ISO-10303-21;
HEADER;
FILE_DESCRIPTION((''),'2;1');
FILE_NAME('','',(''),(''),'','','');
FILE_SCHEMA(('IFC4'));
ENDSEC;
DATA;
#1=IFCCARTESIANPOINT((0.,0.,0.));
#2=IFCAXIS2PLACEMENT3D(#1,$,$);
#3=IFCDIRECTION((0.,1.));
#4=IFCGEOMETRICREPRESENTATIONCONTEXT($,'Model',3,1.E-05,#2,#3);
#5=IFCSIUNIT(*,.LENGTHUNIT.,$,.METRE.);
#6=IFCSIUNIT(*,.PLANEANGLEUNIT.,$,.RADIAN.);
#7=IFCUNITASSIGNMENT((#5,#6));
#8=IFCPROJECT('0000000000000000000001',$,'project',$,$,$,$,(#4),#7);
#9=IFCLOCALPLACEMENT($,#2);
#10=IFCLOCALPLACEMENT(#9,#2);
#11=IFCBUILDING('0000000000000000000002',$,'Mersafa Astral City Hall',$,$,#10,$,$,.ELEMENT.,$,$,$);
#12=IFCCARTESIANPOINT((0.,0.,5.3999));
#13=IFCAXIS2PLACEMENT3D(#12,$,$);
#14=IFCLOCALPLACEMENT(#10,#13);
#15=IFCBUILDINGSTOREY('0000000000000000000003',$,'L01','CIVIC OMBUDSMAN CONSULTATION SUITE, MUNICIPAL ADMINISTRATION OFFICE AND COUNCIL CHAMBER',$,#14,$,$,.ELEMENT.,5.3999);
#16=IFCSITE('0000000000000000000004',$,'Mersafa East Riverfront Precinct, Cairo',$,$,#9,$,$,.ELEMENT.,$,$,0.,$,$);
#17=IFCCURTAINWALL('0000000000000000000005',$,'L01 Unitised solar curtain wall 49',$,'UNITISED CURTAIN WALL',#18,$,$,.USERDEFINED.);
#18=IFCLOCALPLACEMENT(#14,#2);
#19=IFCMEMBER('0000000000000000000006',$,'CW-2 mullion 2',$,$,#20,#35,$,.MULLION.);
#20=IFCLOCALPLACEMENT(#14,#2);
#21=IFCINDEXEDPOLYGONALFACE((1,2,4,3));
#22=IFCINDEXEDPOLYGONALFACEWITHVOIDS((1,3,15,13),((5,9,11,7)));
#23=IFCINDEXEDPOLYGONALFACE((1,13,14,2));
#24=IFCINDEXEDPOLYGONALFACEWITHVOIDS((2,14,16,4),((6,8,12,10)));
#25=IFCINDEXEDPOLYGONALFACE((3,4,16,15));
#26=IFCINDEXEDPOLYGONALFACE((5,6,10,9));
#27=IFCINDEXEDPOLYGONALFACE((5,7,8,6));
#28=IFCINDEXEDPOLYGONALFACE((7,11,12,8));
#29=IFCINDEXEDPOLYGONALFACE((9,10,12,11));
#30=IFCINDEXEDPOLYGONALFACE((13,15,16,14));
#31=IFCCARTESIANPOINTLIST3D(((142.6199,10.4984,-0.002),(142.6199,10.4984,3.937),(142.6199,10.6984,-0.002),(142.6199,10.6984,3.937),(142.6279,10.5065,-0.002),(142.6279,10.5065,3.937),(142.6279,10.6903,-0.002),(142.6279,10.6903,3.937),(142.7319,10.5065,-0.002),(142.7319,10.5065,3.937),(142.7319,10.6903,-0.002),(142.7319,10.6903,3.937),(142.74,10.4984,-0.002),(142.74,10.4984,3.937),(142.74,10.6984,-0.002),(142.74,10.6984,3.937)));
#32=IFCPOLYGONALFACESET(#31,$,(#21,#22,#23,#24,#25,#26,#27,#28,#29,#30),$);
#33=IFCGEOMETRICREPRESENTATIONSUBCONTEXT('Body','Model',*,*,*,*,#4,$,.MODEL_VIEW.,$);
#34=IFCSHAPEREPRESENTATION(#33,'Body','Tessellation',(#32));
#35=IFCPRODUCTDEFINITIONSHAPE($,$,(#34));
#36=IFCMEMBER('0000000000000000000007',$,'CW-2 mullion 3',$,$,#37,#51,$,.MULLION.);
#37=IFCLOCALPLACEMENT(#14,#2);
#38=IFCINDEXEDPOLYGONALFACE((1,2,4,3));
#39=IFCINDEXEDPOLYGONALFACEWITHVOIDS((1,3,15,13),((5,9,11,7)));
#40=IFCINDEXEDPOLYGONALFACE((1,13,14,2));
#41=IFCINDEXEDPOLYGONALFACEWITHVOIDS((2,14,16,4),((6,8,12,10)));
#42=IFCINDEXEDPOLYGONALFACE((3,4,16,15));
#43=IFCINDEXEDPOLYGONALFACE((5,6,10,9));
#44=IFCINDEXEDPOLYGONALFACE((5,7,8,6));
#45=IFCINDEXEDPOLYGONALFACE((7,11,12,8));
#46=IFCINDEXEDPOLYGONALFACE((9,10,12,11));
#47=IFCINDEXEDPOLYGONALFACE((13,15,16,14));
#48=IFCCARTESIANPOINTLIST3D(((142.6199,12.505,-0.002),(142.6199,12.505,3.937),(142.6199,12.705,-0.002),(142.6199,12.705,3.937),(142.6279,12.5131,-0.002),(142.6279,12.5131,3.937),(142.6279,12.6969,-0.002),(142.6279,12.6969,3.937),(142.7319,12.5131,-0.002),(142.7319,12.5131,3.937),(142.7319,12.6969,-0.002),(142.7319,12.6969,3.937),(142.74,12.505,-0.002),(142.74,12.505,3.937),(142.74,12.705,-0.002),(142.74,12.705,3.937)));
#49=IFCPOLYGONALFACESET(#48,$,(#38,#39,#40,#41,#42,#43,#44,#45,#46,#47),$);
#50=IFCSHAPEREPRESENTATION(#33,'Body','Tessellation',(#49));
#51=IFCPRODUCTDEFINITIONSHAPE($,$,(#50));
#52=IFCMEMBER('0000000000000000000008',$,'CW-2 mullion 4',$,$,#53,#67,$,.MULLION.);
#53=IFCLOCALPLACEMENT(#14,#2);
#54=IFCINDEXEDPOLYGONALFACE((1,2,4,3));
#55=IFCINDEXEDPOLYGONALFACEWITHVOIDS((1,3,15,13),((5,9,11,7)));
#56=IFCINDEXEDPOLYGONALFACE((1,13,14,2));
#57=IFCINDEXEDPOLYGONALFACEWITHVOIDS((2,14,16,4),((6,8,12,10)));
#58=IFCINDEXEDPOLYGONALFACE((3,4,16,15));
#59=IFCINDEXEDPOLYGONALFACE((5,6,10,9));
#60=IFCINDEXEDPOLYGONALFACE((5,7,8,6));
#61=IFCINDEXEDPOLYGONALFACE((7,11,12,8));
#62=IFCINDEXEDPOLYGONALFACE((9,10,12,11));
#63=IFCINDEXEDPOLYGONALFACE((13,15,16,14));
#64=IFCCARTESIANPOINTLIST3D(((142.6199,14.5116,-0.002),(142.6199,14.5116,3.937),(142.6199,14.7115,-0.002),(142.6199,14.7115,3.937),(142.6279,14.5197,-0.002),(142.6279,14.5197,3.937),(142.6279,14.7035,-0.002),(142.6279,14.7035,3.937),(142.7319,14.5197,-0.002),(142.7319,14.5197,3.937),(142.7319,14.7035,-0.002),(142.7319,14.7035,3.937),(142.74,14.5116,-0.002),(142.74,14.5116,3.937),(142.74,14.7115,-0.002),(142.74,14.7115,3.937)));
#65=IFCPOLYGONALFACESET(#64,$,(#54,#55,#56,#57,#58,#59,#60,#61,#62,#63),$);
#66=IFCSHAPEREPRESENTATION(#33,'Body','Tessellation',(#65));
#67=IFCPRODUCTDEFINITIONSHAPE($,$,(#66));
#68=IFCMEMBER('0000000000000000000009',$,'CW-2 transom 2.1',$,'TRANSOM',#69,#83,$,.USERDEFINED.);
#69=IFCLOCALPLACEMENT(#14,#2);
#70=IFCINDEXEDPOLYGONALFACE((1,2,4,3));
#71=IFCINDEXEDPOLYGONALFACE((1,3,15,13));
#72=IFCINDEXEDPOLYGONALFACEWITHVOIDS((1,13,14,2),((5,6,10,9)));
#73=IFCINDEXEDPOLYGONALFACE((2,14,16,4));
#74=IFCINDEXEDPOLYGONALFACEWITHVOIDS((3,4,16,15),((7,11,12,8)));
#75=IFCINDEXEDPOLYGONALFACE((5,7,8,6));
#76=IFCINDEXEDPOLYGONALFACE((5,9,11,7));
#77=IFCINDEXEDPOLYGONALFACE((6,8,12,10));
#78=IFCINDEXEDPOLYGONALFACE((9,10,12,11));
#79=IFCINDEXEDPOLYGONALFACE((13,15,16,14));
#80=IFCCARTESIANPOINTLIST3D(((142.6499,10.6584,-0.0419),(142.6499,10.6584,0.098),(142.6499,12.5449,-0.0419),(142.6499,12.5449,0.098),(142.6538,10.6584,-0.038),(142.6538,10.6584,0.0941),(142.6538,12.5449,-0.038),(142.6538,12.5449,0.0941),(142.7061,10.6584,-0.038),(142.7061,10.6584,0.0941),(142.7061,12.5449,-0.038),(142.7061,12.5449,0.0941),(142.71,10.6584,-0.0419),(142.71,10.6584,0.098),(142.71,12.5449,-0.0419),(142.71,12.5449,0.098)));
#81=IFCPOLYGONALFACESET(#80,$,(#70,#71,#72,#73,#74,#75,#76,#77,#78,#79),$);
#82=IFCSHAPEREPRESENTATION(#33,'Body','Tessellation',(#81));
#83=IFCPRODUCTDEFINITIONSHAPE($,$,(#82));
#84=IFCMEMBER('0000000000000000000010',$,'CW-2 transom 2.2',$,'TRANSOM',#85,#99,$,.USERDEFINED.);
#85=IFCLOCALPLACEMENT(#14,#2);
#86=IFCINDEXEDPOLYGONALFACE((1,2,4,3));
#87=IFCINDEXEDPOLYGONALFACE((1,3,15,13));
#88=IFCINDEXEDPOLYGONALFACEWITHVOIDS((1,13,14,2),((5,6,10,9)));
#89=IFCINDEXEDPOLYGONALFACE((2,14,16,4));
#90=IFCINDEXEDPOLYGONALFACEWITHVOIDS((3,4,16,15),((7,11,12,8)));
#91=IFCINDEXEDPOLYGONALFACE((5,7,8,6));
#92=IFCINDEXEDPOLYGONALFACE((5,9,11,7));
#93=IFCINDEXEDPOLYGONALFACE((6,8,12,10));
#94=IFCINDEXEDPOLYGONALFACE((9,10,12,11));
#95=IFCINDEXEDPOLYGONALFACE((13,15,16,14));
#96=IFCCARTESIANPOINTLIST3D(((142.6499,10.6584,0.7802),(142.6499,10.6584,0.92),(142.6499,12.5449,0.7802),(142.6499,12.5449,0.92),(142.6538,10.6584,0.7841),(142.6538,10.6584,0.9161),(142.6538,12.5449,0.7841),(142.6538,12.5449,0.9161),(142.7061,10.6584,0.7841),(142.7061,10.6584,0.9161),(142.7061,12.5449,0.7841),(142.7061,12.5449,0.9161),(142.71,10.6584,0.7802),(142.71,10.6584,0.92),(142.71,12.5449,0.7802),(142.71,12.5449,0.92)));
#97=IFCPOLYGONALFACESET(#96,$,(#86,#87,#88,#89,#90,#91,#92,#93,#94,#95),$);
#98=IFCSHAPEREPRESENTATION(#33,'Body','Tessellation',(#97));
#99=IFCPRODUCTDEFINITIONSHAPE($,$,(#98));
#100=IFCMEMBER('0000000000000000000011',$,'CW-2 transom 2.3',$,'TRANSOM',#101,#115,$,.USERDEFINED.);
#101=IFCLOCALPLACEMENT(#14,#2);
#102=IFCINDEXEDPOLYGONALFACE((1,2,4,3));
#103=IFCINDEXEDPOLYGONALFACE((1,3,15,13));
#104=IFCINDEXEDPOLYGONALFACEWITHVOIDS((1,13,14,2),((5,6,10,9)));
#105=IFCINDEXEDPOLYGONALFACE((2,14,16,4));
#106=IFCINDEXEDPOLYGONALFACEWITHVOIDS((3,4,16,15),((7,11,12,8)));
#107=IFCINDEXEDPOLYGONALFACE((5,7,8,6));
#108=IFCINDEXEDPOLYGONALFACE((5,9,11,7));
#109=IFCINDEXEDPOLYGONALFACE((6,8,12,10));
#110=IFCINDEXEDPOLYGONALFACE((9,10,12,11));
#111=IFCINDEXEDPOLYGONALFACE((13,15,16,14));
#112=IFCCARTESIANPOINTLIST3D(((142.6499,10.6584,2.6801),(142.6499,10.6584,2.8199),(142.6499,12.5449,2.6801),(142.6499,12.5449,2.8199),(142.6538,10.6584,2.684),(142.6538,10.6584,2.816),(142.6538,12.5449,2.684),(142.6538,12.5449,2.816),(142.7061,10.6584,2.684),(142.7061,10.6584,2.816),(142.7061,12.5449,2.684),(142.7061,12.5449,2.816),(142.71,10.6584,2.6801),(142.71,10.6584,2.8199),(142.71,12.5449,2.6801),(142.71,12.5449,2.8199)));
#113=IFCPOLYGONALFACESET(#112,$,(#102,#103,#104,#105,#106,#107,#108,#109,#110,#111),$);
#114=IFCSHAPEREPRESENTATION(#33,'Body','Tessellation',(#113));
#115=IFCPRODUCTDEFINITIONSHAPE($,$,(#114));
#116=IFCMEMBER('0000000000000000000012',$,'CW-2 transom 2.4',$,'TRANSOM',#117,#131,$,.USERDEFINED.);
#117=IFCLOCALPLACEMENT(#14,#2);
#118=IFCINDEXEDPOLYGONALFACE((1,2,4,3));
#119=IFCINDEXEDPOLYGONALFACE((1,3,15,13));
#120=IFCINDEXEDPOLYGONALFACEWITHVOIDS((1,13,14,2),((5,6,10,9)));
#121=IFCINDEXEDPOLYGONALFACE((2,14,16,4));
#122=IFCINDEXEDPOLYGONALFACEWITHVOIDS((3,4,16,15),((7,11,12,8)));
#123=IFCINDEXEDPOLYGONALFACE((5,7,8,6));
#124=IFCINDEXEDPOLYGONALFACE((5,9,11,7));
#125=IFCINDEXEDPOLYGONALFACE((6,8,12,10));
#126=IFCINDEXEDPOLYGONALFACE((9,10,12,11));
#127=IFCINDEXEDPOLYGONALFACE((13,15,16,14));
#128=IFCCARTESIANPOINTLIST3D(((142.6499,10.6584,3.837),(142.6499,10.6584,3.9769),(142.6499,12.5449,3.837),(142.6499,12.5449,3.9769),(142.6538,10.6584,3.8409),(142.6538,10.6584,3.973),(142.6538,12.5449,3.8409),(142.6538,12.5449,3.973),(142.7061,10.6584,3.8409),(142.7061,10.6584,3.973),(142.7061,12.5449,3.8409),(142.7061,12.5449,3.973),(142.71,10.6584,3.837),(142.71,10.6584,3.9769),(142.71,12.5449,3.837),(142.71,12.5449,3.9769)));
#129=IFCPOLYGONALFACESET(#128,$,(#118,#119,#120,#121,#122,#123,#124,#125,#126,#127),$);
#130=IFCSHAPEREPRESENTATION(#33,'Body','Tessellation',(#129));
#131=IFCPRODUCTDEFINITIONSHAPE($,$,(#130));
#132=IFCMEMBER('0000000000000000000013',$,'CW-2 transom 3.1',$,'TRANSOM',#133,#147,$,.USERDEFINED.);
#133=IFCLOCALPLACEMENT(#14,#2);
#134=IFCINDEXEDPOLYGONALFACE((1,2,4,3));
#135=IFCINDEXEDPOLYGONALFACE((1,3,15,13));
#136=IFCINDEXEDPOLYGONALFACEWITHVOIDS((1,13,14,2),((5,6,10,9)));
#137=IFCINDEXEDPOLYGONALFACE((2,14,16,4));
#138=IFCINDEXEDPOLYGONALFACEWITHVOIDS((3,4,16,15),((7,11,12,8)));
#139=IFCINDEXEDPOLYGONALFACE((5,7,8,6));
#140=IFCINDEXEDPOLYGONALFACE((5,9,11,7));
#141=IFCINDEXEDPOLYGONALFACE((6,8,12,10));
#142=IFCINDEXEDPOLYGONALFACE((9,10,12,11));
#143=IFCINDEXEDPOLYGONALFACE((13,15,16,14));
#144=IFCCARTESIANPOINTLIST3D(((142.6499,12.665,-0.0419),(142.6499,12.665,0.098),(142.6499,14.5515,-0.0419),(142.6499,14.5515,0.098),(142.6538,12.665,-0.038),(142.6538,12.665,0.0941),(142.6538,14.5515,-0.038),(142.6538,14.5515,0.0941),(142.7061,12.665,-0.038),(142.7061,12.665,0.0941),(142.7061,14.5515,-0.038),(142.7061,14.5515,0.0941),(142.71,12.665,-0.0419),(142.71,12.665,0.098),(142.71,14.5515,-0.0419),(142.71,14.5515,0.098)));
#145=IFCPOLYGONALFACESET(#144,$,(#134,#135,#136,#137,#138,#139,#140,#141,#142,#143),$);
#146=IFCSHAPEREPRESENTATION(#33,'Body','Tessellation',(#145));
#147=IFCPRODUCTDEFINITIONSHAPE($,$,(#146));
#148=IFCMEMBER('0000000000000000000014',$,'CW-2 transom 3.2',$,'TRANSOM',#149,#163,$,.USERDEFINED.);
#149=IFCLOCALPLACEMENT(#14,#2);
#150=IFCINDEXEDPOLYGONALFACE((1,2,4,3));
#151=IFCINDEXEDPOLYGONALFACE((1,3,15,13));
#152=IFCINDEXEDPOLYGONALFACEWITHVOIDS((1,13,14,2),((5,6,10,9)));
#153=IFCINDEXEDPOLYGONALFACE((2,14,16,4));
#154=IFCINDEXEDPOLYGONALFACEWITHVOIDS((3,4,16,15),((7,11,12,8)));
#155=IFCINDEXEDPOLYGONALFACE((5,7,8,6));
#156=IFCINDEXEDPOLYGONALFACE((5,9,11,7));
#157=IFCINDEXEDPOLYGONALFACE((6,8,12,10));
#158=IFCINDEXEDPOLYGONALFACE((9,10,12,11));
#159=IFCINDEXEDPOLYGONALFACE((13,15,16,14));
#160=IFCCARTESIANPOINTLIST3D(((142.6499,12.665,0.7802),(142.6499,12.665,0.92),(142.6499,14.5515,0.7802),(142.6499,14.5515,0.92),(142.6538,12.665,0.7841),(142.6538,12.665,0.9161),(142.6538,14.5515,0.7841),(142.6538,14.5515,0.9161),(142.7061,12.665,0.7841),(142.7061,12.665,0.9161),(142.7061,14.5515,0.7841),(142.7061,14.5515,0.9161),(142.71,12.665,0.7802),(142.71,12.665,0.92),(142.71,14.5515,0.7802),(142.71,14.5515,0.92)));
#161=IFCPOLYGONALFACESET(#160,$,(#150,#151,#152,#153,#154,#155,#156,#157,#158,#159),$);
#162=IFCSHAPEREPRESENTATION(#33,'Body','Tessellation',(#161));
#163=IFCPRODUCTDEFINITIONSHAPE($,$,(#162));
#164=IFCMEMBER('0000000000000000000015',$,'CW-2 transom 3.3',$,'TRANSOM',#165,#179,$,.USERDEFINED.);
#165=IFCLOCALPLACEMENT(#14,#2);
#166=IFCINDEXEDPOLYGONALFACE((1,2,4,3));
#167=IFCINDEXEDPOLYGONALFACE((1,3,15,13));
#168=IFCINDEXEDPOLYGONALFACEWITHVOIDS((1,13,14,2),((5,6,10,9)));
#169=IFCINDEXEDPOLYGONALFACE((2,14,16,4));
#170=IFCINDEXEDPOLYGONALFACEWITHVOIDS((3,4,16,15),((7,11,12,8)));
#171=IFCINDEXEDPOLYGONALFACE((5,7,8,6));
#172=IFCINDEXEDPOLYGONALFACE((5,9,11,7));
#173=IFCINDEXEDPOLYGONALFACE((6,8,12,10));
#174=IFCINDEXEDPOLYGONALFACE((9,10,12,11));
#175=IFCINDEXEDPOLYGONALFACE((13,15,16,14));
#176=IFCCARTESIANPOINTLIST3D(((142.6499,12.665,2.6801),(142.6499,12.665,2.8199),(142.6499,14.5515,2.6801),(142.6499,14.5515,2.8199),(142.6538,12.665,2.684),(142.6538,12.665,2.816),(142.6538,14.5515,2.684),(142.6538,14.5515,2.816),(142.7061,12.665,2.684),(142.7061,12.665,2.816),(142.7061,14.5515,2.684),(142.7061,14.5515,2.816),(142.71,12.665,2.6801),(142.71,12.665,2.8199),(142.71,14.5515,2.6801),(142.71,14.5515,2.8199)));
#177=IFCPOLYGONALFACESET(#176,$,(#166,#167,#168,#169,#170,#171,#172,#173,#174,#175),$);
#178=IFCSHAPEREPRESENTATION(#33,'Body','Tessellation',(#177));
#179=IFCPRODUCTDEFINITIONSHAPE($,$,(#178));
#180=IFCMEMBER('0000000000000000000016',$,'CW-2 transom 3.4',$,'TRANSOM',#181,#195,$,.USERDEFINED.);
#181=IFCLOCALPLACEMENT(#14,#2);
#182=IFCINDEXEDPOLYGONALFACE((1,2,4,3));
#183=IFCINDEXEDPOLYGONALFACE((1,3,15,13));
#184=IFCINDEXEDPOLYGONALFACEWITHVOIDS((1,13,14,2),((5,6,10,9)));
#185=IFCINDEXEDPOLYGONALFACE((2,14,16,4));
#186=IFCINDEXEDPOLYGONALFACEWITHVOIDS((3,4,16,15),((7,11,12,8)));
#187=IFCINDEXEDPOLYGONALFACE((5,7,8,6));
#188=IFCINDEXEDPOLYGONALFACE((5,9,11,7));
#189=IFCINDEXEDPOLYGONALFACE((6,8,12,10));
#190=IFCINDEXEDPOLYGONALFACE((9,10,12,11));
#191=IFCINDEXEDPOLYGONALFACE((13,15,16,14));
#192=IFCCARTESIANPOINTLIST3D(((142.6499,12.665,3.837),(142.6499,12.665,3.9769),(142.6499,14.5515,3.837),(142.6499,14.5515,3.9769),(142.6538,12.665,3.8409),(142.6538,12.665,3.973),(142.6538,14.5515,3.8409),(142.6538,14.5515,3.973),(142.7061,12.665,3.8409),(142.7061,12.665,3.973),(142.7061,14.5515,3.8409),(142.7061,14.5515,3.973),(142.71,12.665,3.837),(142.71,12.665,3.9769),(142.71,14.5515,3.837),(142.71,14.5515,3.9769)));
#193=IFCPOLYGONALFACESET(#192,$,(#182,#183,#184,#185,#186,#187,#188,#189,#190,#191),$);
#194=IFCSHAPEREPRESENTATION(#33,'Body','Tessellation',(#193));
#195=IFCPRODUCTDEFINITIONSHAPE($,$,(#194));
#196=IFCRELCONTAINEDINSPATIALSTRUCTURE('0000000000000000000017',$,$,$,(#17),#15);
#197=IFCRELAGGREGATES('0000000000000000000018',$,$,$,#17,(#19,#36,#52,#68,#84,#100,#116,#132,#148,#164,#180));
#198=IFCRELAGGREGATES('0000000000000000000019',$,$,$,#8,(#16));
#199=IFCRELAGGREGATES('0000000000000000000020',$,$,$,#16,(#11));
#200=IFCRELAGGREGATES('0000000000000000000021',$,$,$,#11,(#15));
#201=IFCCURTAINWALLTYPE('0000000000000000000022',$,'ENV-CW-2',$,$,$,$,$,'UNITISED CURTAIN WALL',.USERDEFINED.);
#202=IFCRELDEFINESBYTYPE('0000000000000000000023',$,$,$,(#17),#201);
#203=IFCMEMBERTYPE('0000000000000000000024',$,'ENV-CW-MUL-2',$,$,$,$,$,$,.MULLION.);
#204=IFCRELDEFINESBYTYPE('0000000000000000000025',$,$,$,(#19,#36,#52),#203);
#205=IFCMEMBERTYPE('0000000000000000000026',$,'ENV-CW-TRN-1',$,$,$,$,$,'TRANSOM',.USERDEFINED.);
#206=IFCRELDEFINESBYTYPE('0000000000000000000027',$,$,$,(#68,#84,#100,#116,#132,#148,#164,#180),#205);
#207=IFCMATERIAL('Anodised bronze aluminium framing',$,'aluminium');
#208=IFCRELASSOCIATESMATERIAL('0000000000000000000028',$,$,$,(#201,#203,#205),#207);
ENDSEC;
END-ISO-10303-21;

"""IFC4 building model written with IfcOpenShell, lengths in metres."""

from ifc_helpers import new_model, si_unit, direction, frame, origin, origin_2d, place, context, subcontext, project, spatial, hollow_rectangle, extrude, material, material_profile, profile_set, type_object, element, aggregate, save


model = new_model("IFC4")

# Units and contexts
model_context = context("Model", 3, precision=1e-05, world=origin(), true_north=direction((0.0, 1.0)))
body_context = subcontext(model_context, "Body", "Model", "MODEL_VIEW")
ifc_project = project(units=[si_unit("LENGTHUNIT", "METRE"), si_unit("PLANEANGLEUNIT", "RADIAN")], contexts=[model_context])

# Site, building, storey
site_placement = place(None, origin())
site = spatial("IfcSite", under=ifc_project, at=site_placement, Name="Mersafa East Riverfront Precinct, Cairo", CompositionType="ELEMENT", RefElevation=0.0)
building_placement = place(site_placement, origin())
building = spatial("IfcBuilding", under=site, at=building_placement, Name="Mersafa Astral City Hall", CompositionType="ELEMENT")
storey_placement = place(building_placement, frame((0.0, 0.0, 5.3999)))
storey = spatial("IfcBuildingStorey", under=building, at=storey_placement, Name="L01", Description="CIVIC OMBUDSMAN CONSULTATION SUITE, MUNICIPAL ADMINISTRATION OFFICE AND COUNCIL CHAMBER", CompositionType="ELEMENT", Elevation=5.3999)

# Curtain wall, members
ifc_material_1 = material(Name="Anodised bronze aluminium framing", Category="aluminium")
curtain_wall_type = type_object("IfcCurtainWallType", Name="ENV-CW-2", ElementType="UNITISED CURTAIN WALL", PredefinedType="USERDEFINED", material=ifc_material_1)
curtain_wall_placement = place(storey_placement, origin())
curtain_wall = element("IfcCurtainWall", 1, at=curtain_wall_placement, inside=storey, type_object=curtain_wall_type, Name="L01 Unitised solar curtain wall 49", ObjectType="UNITISED CURTAIN WALL", PredefinedType="USERDEFINED")
ifc_material_profile_1 = material_profile(ifc_material_1, hollow_rectangle(XDim=0.1201, YDim=0.2, WallThickness=0.0081, at=origin_2d()), Name="RHS 120x200x8")
ifc_profile_set_1 = profile_set([ifc_material_profile_1], Name="Anodised bronze aluminium framing")
member_type_1 = type_object("IfcMemberType", Name="ENV-CW-MUL-2", PredefinedType="MULLION", material=ifc_profile_set_1)
member_1_placement = place(storey_placement, frame((142.6799, 10.5984, -0.002), z_axis=(0.0, 0.0, 1.0), x_axis=(-1.0, 0.0, 0.0)))
member_1 = element("IfcMember", 2, at=member_1_placement, type_object=member_type_1, Name="CW-2 mullion 2", PredefinedType="MULLION", context=body_context, shape_type="SweptSolid", body=[
    extrude(hollow_rectangle(XDim=0.1201, YDim=0.2, WallThickness=0.0081, at=origin_2d()), origin(), (0.0, 0.0, 1.0), 3.939),
])
member_2_placement = place(storey_placement, frame((142.6799, 12.605, -0.002), z_axis=(0.0, 0.0, 1.0), x_axis=(-1.0, 0.0, 0.0)))
member_2 = element("IfcMember", 3, at=member_2_placement, type_object=member_type_1, Name="CW-2 mullion 3", PredefinedType="MULLION", context=body_context, shape_type="SweptSolid", body=[
    extrude(hollow_rectangle(XDim=0.1201, YDim=0.2, WallThickness=0.0081, at=origin_2d()), origin(), (0.0, 0.0, 1.0), 3.939),
])
member_3_placement = place(storey_placement, frame((142.6799, 14.6116, -0.002), z_axis=(0.0, 0.0, 1.0), x_axis=(-1.0, 0.0, 0.0)))
member_3 = element("IfcMember", 4, at=member_3_placement, type_object=member_type_1, Name="CW-2 mullion 4", PredefinedType="MULLION", context=body_context, shape_type="SweptSolid", body=[
    extrude(hollow_rectangle(XDim=0.1201, YDim=0.2, WallThickness=0.0081, at=origin_2d()), origin(), (0.0, 0.0, 1.0), 3.939),
])
ifc_material_profile_2 = material_profile(ifc_material_1, hollow_rectangle(XDim=0.0601, YDim=0.1399, WallThickness=0.0039, at=origin_2d()), Name="RHS 60x140x4")
ifc_profile_set_2 = profile_set([ifc_material_profile_2], Name="Anodised bronze aluminium framing")
member_type_2 = type_object("IfcMemberType", Name="ENV-CW-TRN-1", ElementType="TRANSOM", PredefinedType="USERDEFINED", material=ifc_profile_set_2)
member_4_placement = place(storey_placement, frame((142.6799, 10.6584, 0.0281), z_axis=(0.0, 1.0, 0.0), x_axis=(-1.0, 0.0, 0.0)))
member_4 = element("IfcMember", 5, at=member_4_placement, type_object=member_type_2, Name="CW-2 transom 2.1", ObjectType="TRANSOM", PredefinedType="USERDEFINED", context=body_context, shape_type="SweptSolid", body=[
    extrude(hollow_rectangle(XDim=0.0601, YDim=0.1399, WallThickness=0.0039, at=origin_2d()), origin(), (0.0, 0.0, 1.0), 1.8865),
])
member_5_placement = place(storey_placement, frame((142.6799, 10.6584, 0.8501), z_axis=(0.0, 1.0, 0.0), x_axis=(-1.0, 0.0, 0.0)))
member_5 = element("IfcMember", 6, at=member_5_placement, type_object=member_type_2, Name="CW-2 transom 2.2", ObjectType="TRANSOM", PredefinedType="USERDEFINED", context=body_context, shape_type="SweptSolid", body=[
    extrude(hollow_rectangle(XDim=0.0601, YDim=0.1399, WallThickness=0.0039, at=origin_2d()), origin(), (0.0, 0.0, 1.0), 1.8865),
])
member_6_placement = place(storey_placement, frame((142.6799, 10.6584, 2.75), z_axis=(0.0, 1.0, 0.0), x_axis=(-1.0, 0.0, 0.0)))
member_6 = element("IfcMember", 7, at=member_6_placement, type_object=member_type_2, Name="CW-2 transom 2.3", ObjectType="TRANSOM", PredefinedType="USERDEFINED", context=body_context, shape_type="SweptSolid", body=[
    extrude(hollow_rectangle(XDim=0.0601, YDim=0.1399, WallThickness=0.0039, at=origin_2d()), origin(), (0.0, 0.0, 1.0), 1.8865),
])
member_7_placement = place(storey_placement, frame((142.6799, 10.6584, 3.907), z_axis=(0.0, 1.0, 0.0), x_axis=(-1.0, 0.0, 0.0)))
member_7 = element("IfcMember", 8, at=member_7_placement, type_object=member_type_2, Name="CW-2 transom 2.4", ObjectType="TRANSOM", PredefinedType="USERDEFINED", context=body_context, shape_type="SweptSolid", body=[
    extrude(hollow_rectangle(XDim=0.0601, YDim=0.1399, WallThickness=0.0039, at=origin_2d()), origin(), (0.0, 0.0, 1.0), 1.8865),
])
member_8_placement = place(storey_placement, frame((142.6799, 12.665, 0.0281), z_axis=(0.0, 1.0, 0.0), x_axis=(-1.0, 0.0, 0.0)))
member_8 = element("IfcMember", 9, at=member_8_placement, type_object=member_type_2, Name="CW-2 transom 3.1", ObjectType="TRANSOM", PredefinedType="USERDEFINED", context=body_context, shape_type="SweptSolid", body=[
    extrude(hollow_rectangle(XDim=0.0601, YDim=0.1399, WallThickness=0.0039, at=origin_2d()), origin(), (0.0, 0.0, 1.0), 1.8865),
])
member_9_placement = place(storey_placement, frame((142.6799, 12.665, 0.8501), z_axis=(0.0, 1.0, 0.0), x_axis=(-1.0, 0.0, 0.0)))
member_9 = element("IfcMember", 10, at=member_9_placement, type_object=member_type_2, Name="CW-2 transom 3.2", ObjectType="TRANSOM", PredefinedType="USERDEFINED", context=body_context, shape_type="SweptSolid", body=[
    extrude(hollow_rectangle(XDim=0.0601, YDim=0.1399, WallThickness=0.0039, at=origin_2d()), origin(), (0.0, 0.0, 1.0), 1.8865),
])
member_10_placement = place(storey_placement, frame((142.6799, 12.665, 2.75), z_axis=(0.0, 1.0, 0.0), x_axis=(-1.0, 0.0, 0.0)))
member_10 = element("IfcMember", 11, at=member_10_placement, type_object=member_type_2, Name="CW-2 transom 3.3", ObjectType="TRANSOM", PredefinedType="USERDEFINED", context=body_context, shape_type="SweptSolid", body=[
    extrude(hollow_rectangle(XDim=0.0601, YDim=0.1399, WallThickness=0.0039, at=origin_2d()), origin(), (0.0, 0.0, 1.0), 1.8865),
])
member_11_placement = place(storey_placement, frame((142.6799, 12.665, 3.907), z_axis=(0.0, 1.0, 0.0), x_axis=(-1.0, 0.0, 0.0)))
member_11 = element("IfcMember", 12, at=member_11_placement, type_object=member_type_2, Name="CW-2 transom 3.4", ObjectType="TRANSOM", PredefinedType="USERDEFINED", context=body_context, shape_type="SweptSolid", body=[
    extrude(hollow_rectangle(XDim=0.0601, YDim=0.1399, WallThickness=0.0039, at=origin_2d()), origin(), (0.0, 0.0, 1.0), 1.8865),
])
aggregate(curtain_wall, [member_1, member_2, member_3, member_4, member_5, member_6, member_7, member_8, member_9, member_10, member_11])

save(model, "model.ifc")
